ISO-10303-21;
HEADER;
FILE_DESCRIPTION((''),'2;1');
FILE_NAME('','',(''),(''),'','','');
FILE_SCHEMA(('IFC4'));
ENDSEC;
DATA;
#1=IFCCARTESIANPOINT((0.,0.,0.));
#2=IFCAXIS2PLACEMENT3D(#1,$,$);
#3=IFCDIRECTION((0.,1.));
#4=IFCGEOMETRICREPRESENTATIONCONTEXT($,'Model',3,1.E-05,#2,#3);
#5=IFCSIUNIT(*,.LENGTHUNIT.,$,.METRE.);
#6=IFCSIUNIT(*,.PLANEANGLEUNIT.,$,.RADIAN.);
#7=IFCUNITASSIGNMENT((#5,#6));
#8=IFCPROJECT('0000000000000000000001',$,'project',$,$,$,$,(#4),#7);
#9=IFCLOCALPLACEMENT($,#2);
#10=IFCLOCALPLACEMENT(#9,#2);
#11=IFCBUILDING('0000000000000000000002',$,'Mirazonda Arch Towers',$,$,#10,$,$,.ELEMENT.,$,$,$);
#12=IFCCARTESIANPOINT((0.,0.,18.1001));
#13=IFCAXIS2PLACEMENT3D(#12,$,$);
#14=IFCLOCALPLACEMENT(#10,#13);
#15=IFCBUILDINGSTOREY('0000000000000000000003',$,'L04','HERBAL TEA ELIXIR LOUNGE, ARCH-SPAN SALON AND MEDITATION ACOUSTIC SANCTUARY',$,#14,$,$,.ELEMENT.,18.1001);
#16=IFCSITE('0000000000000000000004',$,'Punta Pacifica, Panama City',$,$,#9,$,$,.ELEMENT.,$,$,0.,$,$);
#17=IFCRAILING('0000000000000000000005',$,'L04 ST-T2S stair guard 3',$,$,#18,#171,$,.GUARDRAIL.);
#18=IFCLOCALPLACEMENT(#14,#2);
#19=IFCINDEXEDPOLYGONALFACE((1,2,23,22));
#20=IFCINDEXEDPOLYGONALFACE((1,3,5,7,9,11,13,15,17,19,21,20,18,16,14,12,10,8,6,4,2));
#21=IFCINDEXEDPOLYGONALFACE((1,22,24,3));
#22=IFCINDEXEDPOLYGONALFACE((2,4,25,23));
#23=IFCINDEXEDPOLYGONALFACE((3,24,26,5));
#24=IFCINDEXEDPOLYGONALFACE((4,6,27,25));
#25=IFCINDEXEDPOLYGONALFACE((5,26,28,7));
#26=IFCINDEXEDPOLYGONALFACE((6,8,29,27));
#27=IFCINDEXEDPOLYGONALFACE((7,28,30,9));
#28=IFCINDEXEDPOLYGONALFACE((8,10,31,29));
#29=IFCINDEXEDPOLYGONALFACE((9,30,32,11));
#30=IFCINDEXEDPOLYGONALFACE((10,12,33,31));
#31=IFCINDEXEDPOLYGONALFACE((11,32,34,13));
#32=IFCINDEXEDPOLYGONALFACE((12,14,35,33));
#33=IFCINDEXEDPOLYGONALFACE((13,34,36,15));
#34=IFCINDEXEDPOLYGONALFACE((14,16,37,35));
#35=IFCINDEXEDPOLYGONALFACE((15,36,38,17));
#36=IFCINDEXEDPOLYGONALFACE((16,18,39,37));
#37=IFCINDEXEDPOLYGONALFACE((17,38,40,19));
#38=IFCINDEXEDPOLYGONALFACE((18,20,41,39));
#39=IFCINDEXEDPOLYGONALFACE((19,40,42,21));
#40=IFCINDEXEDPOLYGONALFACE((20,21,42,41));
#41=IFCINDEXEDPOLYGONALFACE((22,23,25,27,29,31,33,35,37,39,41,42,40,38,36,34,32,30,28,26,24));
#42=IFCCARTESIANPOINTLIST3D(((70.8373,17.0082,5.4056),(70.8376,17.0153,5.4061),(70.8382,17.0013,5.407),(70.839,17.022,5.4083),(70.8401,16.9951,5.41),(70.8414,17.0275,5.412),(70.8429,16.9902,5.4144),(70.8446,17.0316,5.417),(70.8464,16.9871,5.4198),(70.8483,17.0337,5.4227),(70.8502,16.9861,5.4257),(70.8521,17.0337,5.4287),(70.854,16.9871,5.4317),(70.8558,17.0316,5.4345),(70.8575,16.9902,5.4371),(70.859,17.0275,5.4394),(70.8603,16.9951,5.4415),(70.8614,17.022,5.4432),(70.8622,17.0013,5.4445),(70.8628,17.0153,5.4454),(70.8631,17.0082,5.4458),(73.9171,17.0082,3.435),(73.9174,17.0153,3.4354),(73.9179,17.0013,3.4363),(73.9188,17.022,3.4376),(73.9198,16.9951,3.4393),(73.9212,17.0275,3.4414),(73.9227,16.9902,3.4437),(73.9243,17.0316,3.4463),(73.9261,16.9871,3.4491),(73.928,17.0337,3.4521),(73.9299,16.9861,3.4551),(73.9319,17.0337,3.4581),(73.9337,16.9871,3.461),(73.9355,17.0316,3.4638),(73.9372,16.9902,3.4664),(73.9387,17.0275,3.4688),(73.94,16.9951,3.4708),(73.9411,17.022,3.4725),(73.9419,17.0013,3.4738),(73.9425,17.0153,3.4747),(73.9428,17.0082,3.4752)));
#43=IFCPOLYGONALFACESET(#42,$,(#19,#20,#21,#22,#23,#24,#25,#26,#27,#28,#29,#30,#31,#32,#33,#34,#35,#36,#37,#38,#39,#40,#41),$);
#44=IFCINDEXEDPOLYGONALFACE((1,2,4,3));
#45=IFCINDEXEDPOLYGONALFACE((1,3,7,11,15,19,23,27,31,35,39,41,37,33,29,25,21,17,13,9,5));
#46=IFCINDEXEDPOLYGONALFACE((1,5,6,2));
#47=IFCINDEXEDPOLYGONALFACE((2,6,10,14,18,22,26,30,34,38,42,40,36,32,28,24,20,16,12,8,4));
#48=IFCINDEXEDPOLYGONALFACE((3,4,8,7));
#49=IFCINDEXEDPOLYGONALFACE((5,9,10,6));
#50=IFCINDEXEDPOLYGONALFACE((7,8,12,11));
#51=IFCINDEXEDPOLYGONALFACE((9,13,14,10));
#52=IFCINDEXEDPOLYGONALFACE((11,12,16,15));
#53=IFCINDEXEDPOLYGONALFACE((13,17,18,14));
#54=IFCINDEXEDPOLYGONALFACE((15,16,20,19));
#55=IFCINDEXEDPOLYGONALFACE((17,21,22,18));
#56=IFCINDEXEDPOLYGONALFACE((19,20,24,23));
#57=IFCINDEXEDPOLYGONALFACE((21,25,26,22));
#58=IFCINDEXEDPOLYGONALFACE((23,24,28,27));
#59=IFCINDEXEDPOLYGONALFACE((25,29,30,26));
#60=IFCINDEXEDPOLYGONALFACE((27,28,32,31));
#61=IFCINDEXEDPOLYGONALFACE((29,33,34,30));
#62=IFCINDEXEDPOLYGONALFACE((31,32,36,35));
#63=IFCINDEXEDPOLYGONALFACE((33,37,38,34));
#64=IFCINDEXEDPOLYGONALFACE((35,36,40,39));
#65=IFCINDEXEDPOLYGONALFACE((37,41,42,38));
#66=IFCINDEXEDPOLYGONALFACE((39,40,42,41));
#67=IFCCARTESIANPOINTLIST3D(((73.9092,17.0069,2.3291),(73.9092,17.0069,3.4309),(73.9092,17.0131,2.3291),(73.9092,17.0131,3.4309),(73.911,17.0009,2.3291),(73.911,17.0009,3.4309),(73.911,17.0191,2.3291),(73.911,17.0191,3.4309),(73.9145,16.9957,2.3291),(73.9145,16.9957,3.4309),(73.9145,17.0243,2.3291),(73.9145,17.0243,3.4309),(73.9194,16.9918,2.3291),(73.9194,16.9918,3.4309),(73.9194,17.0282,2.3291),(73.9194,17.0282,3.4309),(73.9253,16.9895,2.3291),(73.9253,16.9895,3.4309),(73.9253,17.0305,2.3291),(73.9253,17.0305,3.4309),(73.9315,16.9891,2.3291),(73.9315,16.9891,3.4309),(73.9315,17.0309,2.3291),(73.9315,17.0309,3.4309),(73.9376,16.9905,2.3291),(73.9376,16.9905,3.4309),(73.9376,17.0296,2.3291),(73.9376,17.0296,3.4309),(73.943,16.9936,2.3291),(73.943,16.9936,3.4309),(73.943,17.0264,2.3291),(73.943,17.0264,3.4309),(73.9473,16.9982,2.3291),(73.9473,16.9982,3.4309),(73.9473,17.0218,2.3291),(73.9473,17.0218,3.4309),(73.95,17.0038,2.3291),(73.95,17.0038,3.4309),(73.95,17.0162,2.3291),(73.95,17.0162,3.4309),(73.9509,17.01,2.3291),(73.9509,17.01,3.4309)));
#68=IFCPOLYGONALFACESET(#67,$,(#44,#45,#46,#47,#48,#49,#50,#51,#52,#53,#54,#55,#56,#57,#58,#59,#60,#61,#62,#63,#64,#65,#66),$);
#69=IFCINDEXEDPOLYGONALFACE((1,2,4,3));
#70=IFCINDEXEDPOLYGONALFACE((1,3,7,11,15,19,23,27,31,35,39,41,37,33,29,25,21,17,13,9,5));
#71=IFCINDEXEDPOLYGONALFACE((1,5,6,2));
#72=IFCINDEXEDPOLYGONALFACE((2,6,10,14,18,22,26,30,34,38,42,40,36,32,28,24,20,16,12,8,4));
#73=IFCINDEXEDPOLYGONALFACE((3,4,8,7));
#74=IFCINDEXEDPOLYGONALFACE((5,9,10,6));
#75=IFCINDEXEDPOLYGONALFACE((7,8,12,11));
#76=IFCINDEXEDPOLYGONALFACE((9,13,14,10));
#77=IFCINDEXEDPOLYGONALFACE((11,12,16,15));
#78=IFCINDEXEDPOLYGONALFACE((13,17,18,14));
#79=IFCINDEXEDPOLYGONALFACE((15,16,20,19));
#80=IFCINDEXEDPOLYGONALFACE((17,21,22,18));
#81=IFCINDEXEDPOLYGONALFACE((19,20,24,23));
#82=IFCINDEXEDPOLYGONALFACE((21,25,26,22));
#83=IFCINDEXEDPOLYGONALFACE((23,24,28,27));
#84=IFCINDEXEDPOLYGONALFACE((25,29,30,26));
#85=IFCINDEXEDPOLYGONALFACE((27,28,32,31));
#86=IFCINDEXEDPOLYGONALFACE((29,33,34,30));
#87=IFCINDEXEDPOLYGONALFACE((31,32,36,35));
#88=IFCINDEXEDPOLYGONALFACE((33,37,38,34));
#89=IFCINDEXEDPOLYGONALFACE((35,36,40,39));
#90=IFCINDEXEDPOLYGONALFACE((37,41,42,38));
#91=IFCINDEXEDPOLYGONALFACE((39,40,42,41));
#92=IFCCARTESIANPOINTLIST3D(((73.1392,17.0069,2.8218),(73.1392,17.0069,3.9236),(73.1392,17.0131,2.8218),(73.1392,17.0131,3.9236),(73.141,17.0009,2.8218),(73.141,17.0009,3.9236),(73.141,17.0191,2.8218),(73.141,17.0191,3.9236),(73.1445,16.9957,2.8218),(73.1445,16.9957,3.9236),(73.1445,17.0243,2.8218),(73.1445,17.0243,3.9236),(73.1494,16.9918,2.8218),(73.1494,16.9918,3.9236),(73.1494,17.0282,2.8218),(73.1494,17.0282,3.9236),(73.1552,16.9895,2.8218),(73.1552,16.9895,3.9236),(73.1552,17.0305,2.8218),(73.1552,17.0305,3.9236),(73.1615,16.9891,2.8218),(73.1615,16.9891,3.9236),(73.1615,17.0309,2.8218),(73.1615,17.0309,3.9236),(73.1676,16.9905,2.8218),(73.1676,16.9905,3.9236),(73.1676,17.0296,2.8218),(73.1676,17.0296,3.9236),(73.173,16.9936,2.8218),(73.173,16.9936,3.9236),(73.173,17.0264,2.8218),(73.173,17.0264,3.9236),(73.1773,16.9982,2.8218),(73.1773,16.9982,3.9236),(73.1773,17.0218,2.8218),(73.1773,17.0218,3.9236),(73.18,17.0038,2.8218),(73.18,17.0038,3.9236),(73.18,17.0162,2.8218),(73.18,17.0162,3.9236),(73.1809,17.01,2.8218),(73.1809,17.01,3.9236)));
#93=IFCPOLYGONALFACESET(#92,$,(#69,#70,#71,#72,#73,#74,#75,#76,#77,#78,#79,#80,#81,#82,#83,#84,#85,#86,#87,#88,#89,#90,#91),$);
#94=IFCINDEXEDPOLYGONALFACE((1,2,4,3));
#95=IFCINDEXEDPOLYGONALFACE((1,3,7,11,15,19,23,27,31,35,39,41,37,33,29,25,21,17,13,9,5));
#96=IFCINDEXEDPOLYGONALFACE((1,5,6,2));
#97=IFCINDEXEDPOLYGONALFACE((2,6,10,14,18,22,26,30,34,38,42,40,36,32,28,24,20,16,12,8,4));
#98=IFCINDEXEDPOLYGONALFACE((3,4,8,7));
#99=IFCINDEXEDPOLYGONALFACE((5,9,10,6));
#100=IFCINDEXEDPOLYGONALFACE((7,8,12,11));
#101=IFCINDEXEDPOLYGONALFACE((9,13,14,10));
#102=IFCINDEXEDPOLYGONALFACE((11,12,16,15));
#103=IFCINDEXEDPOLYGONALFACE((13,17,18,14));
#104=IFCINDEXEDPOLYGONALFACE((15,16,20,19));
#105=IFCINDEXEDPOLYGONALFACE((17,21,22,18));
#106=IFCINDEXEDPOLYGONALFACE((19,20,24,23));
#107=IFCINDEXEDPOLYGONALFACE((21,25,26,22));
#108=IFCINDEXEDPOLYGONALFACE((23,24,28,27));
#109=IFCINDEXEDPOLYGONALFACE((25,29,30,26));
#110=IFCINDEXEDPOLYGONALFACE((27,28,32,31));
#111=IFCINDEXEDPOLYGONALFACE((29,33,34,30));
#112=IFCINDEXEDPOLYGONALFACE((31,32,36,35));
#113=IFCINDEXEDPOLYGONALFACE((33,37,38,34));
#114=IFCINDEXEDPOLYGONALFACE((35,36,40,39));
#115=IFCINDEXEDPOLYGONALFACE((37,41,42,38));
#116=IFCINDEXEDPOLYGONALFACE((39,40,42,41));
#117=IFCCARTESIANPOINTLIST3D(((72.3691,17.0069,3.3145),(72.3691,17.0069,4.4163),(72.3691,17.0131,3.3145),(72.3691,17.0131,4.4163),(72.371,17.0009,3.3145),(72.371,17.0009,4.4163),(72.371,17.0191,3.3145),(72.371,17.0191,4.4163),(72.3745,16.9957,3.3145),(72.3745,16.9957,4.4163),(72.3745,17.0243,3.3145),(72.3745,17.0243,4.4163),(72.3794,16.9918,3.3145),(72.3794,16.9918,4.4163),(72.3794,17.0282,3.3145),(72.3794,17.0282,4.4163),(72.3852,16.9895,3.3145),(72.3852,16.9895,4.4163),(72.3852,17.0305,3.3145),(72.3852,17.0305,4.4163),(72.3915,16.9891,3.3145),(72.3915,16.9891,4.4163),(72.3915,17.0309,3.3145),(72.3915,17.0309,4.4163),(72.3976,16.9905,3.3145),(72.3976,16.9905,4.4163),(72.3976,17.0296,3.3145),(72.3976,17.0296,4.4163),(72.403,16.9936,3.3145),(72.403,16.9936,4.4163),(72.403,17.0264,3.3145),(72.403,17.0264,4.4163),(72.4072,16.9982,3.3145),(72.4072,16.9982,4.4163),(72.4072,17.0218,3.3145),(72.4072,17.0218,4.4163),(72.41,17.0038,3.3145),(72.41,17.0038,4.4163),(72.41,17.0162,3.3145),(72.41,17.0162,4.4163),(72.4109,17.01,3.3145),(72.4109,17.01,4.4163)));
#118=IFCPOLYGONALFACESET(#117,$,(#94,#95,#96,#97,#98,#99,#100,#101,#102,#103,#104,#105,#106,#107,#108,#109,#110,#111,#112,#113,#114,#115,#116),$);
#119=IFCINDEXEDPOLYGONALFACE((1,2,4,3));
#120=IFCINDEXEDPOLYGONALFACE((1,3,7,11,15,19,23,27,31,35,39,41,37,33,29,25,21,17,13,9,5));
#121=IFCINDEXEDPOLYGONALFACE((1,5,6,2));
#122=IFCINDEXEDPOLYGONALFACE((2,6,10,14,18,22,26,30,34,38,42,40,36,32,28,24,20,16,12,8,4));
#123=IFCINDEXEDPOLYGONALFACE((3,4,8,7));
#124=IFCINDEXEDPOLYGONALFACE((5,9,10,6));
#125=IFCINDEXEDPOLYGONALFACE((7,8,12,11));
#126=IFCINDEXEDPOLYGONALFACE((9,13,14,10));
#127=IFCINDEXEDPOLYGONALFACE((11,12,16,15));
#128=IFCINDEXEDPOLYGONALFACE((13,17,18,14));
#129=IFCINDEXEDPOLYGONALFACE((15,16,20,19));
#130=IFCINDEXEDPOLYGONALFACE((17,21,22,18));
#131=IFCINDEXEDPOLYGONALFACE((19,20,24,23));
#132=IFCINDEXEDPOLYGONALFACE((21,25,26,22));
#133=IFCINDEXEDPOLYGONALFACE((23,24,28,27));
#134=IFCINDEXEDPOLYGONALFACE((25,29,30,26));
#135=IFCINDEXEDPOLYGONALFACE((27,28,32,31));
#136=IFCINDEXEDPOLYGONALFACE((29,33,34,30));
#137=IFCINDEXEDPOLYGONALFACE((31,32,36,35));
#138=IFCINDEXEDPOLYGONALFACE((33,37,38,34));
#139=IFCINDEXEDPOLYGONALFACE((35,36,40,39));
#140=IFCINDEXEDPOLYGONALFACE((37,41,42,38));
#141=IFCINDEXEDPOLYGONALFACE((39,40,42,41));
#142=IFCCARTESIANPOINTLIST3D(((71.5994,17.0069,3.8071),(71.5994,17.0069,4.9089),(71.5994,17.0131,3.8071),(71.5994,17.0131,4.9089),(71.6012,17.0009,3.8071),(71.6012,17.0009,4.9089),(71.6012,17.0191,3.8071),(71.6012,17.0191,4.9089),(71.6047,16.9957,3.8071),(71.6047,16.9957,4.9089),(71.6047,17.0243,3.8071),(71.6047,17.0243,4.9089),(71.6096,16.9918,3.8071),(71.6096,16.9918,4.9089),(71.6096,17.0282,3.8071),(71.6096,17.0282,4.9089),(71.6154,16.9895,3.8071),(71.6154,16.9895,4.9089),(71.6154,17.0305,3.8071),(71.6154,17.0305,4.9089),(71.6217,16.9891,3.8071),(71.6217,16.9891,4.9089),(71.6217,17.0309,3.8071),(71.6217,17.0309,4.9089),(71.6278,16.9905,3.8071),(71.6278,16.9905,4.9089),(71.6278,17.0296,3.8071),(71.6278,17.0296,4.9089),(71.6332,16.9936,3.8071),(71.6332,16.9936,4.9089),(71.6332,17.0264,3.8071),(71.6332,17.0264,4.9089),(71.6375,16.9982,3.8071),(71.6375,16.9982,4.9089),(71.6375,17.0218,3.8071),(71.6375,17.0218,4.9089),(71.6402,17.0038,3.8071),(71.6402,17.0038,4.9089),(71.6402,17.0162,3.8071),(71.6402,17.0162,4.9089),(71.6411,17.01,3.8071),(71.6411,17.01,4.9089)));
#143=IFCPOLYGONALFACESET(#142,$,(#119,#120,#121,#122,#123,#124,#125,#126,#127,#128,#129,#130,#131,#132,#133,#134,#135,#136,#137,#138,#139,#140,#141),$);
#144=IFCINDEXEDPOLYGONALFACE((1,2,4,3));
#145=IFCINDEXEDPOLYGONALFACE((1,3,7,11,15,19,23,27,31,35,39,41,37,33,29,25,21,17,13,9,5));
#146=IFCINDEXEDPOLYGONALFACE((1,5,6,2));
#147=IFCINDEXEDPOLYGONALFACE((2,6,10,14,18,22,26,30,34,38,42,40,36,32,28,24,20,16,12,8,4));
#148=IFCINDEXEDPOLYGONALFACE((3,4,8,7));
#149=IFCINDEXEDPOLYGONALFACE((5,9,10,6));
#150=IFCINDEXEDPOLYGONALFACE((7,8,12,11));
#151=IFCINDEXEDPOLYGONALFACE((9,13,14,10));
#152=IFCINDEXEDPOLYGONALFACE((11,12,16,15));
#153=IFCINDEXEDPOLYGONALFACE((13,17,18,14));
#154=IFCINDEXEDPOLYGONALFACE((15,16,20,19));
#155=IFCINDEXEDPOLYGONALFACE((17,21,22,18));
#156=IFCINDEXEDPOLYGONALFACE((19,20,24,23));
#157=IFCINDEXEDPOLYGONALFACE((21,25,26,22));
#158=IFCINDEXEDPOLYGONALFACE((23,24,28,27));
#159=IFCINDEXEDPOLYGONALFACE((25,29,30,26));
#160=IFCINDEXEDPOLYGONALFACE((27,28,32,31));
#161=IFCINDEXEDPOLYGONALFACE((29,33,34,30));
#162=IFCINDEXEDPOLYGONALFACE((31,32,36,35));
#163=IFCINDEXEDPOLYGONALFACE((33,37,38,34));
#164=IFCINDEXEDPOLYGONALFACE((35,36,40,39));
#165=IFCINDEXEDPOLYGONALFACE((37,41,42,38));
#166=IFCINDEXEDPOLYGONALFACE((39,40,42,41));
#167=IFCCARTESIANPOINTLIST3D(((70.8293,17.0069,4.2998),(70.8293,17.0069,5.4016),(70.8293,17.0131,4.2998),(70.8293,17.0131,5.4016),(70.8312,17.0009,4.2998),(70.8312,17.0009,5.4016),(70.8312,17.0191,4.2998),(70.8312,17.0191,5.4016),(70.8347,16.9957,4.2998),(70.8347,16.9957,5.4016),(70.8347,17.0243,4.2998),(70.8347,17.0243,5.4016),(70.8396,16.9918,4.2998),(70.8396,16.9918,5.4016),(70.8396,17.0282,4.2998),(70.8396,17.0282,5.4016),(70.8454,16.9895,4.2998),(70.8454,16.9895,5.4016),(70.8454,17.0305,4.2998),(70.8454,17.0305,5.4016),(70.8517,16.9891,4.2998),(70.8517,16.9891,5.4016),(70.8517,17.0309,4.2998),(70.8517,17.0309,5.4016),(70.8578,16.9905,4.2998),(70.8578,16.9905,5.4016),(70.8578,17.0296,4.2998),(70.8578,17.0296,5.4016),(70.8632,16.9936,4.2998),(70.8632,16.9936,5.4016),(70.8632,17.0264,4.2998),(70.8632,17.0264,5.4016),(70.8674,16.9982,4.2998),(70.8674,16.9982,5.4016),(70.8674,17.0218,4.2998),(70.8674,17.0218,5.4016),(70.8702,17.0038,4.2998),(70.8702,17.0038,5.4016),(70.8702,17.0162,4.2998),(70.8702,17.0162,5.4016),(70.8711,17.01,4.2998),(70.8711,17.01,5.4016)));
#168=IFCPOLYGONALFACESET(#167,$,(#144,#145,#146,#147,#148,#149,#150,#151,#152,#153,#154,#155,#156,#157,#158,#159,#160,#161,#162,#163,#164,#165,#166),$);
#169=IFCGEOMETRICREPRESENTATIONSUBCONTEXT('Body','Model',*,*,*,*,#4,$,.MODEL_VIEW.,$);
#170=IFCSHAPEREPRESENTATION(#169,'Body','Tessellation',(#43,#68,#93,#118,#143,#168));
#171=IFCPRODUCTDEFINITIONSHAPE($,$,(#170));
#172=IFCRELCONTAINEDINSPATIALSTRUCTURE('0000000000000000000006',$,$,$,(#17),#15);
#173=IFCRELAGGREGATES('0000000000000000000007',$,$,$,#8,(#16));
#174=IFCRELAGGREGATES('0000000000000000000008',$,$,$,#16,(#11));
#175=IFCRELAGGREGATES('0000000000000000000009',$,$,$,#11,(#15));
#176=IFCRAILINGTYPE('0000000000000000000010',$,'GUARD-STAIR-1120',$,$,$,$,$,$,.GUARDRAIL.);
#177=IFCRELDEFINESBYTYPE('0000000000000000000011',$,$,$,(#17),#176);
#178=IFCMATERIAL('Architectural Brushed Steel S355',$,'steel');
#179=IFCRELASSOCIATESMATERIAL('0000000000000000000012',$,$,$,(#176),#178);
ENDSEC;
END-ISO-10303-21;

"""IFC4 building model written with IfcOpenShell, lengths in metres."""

from ifc_helpers import new_model, si_unit, direction, frame, origin, origin_2d, place, context, subcontext, project, spatial, circle, extrude, material, type_object, element, save


model = new_model("IFC4")

# Units and contexts
model_context = context("Model", 3, precision=1e-05, world=origin(), true_north=direction((0.0, 1.0)))
body_context = subcontext(model_context, "Body", "Model", "MODEL_VIEW")
ifc_project = project(units=[si_unit("LENGTHUNIT", "METRE"), si_unit("PLANEANGLEUNIT", "RADIAN")], contexts=[model_context])

# Site, building, storey
site_placement = place(None, origin())
site = spatial("IfcSite", under=ifc_project, at=site_placement, Name="Punta Pacifica, Panama City", CompositionType="ELEMENT", RefElevation=0.0)
building_placement = place(site_placement, origin())
building = spatial("IfcBuilding", under=site, at=building_placement, Name="Mirazonda Arch Towers", CompositionType="ELEMENT")
storey_placement = place(building_placement, frame((0.0, 0.0, 18.1001)))
storey = spatial("IfcBuildingStorey", under=building, at=storey_placement, Name="L04", Description="HERBAL TEA ELIXIR LOUNGE, ARCH-SPAN SALON AND MEDITATION ACOUSTIC SANCTUARY", CompositionType="ELEMENT", Elevation=18.1001)

# Railing
ifc_material_1 = material(Name="Architectural Brushed Steel S355", Category="steel")
railing_type_1 = type_object("IfcRailingType", Name="GUARD-STAIR-1120", PredefinedType="GUARDRAIL", material=ifc_material_1)
railing_1_placement = place(storey_placement, frame((73.9299, 17.01, 2.3291)))
element("IfcRailing", 1, at=railing_1_placement, inside=storey, type_object=railing_type_1, Name="L04 ST-T2S stair guard 3", PredefinedType="GUARDRAIL", context=body_context, shape_type="SweptSolid", body=[
    extrude(circle(Radius=0.0239, at=origin_2d()), frame((0.0, 0.0, 1.126), z_axis=(-0.84232, 0.0, 0.538978), x_axis=(0.0, -1.0, 0.0)), (0.0, 0.0, 1.0), 3.6562),
    extrude(circle(Radius=0.021, at=origin_2d()), origin(), (0.0, 0.0, 1.0), 1.1018),
    extrude(circle(Radius=0.021, at=origin_2d()), frame((-0.77, 0.0, 0.4927)), (0.0, 0.0, 1.0), 1.1018),
    extrude(circle(Radius=0.021, at=origin_2d()), frame((-1.54, 0.0, 0.9854)), (0.0, 0.0, 1.0), 1.1018),
    extrude(circle(Radius=0.021, at=origin_2d()), frame((-2.3098, 0.0, 1.478)), (0.0, 0.0, 1.0), 1.1018),
    extrude(circle(Radius=0.021, at=origin_2d()), frame((-3.0798, 0.0, 1.9707)), (0.0, 0.0, 1.0), 1.1018),
])

save(model, "model.ifc")
